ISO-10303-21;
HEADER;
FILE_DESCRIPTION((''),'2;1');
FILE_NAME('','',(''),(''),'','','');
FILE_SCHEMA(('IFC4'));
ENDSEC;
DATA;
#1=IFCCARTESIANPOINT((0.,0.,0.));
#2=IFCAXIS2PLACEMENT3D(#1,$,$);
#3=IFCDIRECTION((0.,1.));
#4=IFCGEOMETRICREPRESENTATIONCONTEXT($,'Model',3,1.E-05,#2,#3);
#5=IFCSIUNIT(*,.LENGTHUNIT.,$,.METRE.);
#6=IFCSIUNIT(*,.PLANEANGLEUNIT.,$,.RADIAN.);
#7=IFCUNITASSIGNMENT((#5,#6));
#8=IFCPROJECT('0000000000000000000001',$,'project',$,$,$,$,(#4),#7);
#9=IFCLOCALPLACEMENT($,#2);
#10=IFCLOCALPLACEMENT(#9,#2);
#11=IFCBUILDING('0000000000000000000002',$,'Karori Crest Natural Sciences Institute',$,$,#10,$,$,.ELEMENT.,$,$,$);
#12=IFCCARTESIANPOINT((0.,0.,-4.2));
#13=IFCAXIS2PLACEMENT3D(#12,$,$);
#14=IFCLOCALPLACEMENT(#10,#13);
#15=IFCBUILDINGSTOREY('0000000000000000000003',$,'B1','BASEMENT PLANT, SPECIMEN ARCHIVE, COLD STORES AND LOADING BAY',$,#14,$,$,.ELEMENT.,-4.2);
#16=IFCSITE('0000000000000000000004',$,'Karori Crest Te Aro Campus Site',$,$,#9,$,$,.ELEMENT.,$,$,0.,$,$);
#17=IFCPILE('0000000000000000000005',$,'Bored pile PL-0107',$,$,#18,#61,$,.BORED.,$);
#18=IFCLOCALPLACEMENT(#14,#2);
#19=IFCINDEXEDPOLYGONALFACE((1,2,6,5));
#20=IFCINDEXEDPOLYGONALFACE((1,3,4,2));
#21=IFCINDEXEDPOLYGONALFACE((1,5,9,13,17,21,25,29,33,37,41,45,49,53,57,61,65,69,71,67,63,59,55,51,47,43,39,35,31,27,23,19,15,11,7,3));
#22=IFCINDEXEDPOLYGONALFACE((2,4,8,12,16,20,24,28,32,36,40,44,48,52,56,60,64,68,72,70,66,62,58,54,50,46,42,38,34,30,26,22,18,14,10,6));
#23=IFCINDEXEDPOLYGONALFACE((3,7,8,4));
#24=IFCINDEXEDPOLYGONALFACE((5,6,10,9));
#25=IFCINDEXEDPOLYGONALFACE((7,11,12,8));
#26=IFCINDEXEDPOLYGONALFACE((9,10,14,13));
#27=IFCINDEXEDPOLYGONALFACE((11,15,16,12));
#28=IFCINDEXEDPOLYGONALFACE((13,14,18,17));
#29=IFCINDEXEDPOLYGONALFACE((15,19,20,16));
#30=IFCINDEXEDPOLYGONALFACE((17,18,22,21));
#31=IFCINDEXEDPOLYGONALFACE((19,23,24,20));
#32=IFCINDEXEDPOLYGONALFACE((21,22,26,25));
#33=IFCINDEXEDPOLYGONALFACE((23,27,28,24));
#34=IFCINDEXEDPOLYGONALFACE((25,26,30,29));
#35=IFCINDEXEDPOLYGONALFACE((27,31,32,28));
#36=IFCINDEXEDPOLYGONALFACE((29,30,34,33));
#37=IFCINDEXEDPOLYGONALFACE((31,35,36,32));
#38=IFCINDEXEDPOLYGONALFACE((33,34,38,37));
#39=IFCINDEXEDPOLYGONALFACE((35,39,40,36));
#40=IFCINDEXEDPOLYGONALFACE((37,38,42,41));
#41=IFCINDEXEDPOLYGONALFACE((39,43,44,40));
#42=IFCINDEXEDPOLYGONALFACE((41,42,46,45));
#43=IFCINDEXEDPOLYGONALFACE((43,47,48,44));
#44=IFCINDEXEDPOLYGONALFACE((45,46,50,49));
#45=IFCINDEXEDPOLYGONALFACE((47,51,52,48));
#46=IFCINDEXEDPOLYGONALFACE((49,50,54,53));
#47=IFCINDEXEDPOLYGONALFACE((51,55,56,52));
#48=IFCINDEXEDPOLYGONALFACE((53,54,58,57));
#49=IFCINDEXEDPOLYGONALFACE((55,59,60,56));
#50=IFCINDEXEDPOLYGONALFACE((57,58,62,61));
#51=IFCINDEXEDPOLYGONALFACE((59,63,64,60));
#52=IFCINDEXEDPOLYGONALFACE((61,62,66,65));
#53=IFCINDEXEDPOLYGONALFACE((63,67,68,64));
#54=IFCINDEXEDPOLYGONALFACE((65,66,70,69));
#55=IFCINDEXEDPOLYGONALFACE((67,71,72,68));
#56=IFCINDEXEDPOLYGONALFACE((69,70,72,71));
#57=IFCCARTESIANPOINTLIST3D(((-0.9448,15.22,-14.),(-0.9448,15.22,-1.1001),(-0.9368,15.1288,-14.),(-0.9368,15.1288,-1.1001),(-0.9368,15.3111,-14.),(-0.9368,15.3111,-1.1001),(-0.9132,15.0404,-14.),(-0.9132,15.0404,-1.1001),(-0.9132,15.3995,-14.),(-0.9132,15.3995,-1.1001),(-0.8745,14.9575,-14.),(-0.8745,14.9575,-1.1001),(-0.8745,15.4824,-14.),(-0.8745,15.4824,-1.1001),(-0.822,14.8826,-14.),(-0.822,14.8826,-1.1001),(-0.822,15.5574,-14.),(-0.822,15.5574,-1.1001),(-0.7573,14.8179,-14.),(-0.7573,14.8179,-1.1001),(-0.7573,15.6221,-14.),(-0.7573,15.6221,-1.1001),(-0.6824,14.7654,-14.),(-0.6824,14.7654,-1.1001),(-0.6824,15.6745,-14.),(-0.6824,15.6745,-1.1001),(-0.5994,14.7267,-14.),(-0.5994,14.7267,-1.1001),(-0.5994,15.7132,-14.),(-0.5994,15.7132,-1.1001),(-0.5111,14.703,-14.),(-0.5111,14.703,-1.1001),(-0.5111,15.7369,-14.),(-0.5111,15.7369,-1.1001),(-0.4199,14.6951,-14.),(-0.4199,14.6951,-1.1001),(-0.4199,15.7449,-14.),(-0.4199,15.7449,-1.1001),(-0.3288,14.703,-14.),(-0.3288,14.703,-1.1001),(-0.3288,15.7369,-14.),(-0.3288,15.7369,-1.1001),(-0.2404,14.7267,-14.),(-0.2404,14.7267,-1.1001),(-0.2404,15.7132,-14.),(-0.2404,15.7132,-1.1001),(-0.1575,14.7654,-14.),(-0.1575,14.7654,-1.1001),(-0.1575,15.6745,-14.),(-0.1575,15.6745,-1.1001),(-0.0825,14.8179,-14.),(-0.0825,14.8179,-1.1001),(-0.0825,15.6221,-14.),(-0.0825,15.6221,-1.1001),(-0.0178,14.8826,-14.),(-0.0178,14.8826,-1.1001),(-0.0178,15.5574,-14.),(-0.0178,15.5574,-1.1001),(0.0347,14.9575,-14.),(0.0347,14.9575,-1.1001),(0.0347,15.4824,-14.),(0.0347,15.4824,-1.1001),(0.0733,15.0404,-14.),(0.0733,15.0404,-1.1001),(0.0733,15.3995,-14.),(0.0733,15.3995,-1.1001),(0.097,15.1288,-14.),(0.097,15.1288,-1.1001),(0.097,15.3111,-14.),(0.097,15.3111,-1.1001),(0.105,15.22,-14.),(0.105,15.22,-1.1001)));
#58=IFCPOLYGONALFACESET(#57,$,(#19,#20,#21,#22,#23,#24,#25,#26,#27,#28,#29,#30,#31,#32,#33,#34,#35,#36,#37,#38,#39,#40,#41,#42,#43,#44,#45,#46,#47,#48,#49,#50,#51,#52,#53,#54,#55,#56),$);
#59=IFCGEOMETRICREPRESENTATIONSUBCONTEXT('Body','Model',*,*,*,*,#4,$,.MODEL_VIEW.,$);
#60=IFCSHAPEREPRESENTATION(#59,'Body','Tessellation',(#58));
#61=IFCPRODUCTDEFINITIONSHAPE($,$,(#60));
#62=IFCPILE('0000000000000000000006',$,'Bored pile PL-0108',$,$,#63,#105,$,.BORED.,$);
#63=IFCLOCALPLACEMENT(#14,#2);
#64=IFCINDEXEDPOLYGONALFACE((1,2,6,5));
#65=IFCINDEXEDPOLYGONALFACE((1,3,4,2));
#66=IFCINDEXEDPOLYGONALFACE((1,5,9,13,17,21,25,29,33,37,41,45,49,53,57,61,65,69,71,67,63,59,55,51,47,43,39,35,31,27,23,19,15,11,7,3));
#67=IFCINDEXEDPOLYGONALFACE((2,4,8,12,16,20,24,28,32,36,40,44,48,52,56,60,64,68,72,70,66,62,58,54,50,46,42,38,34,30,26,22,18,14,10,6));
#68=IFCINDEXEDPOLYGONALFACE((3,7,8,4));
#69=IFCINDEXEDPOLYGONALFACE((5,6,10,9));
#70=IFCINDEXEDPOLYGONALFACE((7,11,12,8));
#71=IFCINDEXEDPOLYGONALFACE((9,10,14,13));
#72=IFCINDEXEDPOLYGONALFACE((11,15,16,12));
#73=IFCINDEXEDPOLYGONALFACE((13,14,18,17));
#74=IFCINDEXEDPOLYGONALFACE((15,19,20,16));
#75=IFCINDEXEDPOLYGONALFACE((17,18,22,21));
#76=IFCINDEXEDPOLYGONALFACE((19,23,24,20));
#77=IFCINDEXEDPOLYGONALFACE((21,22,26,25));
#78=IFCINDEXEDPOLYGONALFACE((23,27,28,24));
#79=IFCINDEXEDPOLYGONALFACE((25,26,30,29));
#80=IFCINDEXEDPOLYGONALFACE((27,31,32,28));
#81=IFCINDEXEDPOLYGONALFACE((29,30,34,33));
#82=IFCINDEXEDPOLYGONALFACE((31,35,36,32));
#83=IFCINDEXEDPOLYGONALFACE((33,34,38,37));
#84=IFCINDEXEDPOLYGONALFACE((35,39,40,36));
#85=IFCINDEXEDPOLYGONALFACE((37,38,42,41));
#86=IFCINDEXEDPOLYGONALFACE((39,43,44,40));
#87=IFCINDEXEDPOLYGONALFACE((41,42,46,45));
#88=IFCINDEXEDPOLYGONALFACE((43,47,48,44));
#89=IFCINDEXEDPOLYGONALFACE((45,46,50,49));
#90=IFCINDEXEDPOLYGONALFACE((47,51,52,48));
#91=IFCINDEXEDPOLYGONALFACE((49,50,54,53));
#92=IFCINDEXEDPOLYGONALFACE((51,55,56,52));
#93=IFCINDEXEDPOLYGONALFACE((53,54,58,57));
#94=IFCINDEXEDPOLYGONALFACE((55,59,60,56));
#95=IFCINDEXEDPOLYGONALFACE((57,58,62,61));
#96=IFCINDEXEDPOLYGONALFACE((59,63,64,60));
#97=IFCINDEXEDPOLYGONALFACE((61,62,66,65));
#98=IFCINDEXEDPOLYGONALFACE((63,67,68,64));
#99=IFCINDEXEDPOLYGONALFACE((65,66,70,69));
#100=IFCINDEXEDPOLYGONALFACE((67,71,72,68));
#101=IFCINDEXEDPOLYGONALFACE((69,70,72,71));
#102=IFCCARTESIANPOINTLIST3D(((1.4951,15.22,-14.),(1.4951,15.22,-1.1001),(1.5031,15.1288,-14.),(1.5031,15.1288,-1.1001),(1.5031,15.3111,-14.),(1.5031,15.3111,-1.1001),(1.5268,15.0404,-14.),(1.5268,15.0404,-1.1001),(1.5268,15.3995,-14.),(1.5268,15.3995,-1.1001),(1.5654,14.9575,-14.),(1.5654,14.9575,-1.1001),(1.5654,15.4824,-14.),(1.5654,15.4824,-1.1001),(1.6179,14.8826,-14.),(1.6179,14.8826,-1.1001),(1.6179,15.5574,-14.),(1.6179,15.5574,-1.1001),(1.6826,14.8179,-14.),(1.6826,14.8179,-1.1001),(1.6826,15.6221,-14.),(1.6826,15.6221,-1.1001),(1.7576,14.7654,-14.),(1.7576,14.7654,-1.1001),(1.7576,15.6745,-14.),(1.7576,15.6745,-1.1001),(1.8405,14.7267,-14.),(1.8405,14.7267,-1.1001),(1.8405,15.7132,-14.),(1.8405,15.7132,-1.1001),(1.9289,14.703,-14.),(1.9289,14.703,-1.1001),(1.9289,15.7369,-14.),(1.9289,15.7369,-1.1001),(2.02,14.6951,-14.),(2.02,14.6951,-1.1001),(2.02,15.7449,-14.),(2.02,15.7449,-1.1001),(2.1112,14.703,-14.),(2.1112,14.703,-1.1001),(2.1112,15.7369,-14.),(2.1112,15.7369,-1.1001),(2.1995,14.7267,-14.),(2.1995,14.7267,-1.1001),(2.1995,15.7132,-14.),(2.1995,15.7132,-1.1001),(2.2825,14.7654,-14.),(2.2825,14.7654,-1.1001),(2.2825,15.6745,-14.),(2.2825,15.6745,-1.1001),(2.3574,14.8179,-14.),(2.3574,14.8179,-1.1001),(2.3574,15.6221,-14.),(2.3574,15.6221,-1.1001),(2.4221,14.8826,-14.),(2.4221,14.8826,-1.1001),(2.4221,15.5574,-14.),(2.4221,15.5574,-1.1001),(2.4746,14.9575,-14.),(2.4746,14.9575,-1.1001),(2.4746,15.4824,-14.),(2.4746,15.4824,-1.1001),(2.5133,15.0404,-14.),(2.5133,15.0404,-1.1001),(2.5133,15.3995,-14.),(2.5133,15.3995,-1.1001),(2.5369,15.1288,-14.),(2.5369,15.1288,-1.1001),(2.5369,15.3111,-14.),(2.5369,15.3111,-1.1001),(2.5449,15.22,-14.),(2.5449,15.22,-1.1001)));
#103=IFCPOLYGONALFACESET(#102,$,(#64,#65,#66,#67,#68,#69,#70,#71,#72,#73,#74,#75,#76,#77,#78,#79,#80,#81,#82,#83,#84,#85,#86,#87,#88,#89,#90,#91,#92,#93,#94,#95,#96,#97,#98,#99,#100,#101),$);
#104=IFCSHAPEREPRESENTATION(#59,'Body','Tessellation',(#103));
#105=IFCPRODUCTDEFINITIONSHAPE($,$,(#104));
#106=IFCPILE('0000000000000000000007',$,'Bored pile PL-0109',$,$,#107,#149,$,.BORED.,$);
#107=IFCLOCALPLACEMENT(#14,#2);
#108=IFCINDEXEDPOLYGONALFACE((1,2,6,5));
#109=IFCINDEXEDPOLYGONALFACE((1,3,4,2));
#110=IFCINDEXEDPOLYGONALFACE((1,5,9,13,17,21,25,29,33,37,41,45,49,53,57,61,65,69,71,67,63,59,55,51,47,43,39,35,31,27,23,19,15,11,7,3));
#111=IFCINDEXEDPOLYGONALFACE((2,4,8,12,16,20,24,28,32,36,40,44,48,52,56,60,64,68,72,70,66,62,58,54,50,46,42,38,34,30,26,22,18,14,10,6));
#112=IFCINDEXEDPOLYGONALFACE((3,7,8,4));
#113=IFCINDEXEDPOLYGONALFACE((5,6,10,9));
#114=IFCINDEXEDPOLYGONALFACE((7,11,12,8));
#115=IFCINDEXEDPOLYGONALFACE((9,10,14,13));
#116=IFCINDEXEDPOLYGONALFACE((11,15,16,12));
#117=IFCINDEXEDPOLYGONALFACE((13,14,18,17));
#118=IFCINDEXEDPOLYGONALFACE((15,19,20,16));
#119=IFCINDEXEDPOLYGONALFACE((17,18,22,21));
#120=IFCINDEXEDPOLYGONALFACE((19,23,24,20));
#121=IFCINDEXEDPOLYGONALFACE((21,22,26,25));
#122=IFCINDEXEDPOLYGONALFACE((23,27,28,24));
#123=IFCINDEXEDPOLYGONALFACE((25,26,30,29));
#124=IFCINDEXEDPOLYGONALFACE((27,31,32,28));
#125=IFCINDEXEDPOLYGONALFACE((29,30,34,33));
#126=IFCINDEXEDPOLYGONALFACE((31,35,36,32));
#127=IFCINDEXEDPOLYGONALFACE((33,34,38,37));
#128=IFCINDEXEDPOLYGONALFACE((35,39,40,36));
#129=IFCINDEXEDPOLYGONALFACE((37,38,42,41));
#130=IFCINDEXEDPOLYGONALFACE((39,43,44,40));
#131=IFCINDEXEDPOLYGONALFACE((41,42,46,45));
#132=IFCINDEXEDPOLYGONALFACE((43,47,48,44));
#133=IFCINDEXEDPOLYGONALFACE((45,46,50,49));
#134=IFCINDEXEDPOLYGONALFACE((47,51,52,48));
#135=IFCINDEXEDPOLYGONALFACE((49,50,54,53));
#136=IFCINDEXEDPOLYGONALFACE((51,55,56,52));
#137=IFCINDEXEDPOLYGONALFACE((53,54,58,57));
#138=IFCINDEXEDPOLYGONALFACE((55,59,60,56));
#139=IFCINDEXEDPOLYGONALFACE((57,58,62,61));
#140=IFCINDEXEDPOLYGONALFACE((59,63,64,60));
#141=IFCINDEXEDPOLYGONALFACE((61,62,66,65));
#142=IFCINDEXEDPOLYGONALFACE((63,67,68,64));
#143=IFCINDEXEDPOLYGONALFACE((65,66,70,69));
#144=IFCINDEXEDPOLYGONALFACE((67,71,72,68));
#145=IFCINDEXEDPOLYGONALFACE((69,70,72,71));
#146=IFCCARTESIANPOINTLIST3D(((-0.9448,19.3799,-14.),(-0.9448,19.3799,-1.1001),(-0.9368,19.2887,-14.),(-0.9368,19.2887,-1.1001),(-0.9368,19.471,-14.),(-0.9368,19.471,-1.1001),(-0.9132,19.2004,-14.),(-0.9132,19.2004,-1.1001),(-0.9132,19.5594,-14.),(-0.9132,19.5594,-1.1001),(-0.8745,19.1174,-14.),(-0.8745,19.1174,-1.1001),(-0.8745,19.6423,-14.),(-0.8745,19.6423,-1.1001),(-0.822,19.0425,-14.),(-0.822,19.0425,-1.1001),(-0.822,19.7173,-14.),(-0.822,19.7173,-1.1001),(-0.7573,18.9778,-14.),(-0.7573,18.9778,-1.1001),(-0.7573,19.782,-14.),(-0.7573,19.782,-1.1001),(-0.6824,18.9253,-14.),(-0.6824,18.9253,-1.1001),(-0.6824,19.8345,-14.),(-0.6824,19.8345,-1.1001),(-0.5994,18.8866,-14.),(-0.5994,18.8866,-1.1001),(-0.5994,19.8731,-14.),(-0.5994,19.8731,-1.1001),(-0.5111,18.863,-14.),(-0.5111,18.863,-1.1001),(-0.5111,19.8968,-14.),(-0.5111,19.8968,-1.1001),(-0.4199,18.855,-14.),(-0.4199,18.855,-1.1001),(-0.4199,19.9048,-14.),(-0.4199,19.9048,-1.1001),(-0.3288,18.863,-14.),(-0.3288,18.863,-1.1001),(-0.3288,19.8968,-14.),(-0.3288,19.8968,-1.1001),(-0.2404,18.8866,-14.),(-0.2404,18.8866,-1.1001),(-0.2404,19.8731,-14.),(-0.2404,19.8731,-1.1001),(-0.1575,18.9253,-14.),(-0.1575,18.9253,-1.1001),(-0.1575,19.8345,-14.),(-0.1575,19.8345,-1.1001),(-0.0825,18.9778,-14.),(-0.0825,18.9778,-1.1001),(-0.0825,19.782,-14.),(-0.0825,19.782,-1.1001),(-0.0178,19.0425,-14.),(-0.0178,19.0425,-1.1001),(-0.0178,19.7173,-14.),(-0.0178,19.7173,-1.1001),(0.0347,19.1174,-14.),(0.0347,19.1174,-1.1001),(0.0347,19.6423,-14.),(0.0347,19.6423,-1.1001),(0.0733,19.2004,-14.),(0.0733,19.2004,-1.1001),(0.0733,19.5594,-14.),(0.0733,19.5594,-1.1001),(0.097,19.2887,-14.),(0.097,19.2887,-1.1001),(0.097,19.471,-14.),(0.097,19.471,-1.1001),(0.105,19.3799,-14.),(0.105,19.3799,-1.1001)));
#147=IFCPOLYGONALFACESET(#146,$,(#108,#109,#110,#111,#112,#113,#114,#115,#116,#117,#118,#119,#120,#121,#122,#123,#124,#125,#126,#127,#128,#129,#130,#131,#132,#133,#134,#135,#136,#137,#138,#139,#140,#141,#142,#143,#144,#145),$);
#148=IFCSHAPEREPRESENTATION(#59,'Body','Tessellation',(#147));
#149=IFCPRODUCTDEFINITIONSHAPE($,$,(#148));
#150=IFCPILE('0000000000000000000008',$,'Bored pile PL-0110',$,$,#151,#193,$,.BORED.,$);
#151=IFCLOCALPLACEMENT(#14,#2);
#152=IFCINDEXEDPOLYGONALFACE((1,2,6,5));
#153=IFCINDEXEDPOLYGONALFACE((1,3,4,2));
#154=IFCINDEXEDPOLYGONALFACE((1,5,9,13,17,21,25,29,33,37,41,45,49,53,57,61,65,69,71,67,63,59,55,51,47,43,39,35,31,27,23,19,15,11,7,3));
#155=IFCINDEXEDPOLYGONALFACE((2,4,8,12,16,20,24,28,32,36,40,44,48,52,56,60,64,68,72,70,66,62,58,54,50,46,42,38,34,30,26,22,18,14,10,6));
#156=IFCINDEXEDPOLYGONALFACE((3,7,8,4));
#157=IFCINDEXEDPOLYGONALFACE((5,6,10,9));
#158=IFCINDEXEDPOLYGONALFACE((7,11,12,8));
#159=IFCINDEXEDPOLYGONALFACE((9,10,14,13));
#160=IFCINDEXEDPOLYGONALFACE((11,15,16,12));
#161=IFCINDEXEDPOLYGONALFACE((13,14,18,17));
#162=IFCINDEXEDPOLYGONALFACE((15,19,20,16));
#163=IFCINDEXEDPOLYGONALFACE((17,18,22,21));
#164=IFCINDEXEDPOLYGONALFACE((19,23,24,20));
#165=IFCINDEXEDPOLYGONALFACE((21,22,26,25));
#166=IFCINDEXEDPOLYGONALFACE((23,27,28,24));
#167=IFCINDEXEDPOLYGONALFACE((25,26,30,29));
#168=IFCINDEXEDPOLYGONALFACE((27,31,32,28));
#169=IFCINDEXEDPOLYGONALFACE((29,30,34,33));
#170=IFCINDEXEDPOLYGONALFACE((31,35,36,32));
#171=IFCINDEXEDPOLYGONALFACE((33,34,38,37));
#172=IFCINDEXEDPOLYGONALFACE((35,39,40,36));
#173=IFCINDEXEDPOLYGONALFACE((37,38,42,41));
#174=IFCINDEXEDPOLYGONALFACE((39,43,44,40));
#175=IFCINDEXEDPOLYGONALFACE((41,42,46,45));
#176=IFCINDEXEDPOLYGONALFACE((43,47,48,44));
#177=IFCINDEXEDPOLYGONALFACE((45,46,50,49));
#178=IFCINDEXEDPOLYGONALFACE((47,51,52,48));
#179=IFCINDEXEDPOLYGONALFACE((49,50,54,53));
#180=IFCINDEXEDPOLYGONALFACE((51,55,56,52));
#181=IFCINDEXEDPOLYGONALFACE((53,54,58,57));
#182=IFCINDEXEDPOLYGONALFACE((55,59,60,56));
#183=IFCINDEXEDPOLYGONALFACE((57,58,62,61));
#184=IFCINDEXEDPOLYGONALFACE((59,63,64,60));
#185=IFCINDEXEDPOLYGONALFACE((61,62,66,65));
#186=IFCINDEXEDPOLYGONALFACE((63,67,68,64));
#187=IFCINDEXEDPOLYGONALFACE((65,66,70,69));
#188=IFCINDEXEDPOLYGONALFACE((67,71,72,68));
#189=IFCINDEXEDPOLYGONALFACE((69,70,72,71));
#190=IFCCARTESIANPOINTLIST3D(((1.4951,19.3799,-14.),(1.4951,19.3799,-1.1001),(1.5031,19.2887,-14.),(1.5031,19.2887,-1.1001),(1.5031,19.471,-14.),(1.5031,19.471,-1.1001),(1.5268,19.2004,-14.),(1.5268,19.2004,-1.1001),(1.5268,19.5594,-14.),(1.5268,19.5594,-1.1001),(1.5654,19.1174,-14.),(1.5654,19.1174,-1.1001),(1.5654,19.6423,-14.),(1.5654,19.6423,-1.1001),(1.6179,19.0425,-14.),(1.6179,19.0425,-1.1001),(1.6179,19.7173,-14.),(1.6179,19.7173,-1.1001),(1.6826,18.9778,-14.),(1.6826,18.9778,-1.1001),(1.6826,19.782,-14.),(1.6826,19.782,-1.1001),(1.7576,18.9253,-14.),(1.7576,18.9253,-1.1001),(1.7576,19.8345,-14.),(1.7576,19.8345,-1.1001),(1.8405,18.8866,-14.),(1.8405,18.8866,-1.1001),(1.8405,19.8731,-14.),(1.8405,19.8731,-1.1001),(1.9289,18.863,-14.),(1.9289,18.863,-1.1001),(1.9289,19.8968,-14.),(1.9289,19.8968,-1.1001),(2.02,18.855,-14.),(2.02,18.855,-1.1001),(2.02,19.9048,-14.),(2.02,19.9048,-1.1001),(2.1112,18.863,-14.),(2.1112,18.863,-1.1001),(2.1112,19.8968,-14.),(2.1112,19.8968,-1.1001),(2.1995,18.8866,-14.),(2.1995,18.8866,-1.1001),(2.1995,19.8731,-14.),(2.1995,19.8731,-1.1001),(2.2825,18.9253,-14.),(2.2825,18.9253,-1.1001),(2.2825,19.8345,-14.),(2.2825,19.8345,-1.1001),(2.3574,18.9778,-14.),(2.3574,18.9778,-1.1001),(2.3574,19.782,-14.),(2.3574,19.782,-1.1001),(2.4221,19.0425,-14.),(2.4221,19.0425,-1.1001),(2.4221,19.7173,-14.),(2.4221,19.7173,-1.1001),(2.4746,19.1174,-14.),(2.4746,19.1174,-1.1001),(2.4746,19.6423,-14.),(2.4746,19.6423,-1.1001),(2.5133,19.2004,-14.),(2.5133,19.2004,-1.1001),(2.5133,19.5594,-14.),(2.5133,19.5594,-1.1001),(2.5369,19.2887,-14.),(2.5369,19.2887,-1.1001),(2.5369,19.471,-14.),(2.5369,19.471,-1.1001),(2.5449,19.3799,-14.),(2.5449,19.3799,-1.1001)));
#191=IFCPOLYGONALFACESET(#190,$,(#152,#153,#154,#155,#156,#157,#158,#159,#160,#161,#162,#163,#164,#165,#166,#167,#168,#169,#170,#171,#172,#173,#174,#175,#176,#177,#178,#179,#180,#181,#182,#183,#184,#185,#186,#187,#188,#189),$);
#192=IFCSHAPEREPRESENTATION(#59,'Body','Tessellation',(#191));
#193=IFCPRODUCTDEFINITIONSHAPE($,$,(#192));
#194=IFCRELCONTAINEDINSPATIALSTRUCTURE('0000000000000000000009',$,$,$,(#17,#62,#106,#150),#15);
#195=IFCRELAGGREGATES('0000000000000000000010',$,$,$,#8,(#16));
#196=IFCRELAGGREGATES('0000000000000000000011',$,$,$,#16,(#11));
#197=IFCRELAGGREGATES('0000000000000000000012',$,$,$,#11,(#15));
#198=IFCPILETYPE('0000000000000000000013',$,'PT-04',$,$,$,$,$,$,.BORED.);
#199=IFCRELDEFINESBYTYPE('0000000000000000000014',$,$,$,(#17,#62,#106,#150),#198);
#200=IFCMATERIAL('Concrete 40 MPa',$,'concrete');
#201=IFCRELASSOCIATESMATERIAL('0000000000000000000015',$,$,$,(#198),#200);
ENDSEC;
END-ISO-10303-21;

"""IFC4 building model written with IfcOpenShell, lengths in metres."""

from ifc_helpers import new_model, si_unit, direction, frame, origin, origin_2d, place, context, subcontext, project, spatial, circle, extrude, material, material_profile, profile_set, type_object, element, save


model = new_model("IFC4")

# Units and contexts
model_context = context("Model", 3, precision=1e-05, world=origin(), true_north=direction((0.0, 1.0)))
body_context = subcontext(model_context, "Body", "Model", "MODEL_VIEW")
ifc_project = project(units=[si_unit("LENGTHUNIT", "METRE"), si_unit("PLANEANGLEUNIT", "RADIAN")], contexts=[model_context])

# Site, building, storey
site_placement = place(None, origin())
site = spatial("IfcSite", under=ifc_project, at=site_placement, Name="Karori Crest Te Aro Campus Site", CompositionType="ELEMENT", RefElevation=0.0)
building_placement = place(site_placement, origin())
building = spatial("IfcBuilding", under=site, at=building_placement, Name="Karori Crest Natural Sciences Institute", CompositionType="ELEMENT")
storey_placement = place(building_placement, frame((0.0, 0.0, -4.2)))
storey = spatial("IfcBuildingStorey", under=building, at=storey_placement, Name="B1", Description="BASEMENT PLANT, SPECIMEN ARCHIVE, COLD STORES AND LOADING BAY", CompositionType="ELEMENT", Elevation=-4.2)

# Shared definitions
ifc_material_1 = material(Name="Concrete 40 MPa", Category="concrete")

# Piles
ifc_material_profile_1 = material_profile(ifc_material_1, circle(Radius=0.5249, at=origin_2d()), Name="PILE1050")
ifc_profile_set_1 = profile_set([ifc_material_profile_1], Name="Concrete 40 MPa")
pile_type = type_object("IfcPileType", Name="PT-04", PredefinedType="BORED", material=ifc_profile_set_1)
for number, where, z_axis, x_axis, name in (
    (1, (-0.4199, 15.22, -1.1001), (0.0, 0.0, -1.0), (1.0, 0.0, 0.0), "Bored pile PL-0107"),
    (2, (2.02, 15.22, -1.1001), (0.0, 0.0, -1.0), (1.0, 0.0, 0.0), "Bored pile PL-0108"),
    (3, (-0.4199, 19.3799, -1.1001), (0.0, 0.0, -1.0), (1.0, 0.0, 0.0), "Bored pile PL-0109"),
    (4, (2.02, 19.3799, -1.1001), (0.0, 0.0, -1.0), (1.0, 0.0, 0.0), "Bored pile PL-0110"),
):
    element("IfcPile", number, at=place(storey_placement, frame(where, z_axis=z_axis, x_axis=x_axis)), inside=storey, type_object=pile_type, Name=name, PredefinedType="BORED", context=body_context, shape_type="SweptSolid", body=[
        extrude(circle(Radius=0.5249, at=origin_2d()), origin(), (0.0, 0.0, 1.0), 12.8999),
    ])

save(model, "model.ifc")
